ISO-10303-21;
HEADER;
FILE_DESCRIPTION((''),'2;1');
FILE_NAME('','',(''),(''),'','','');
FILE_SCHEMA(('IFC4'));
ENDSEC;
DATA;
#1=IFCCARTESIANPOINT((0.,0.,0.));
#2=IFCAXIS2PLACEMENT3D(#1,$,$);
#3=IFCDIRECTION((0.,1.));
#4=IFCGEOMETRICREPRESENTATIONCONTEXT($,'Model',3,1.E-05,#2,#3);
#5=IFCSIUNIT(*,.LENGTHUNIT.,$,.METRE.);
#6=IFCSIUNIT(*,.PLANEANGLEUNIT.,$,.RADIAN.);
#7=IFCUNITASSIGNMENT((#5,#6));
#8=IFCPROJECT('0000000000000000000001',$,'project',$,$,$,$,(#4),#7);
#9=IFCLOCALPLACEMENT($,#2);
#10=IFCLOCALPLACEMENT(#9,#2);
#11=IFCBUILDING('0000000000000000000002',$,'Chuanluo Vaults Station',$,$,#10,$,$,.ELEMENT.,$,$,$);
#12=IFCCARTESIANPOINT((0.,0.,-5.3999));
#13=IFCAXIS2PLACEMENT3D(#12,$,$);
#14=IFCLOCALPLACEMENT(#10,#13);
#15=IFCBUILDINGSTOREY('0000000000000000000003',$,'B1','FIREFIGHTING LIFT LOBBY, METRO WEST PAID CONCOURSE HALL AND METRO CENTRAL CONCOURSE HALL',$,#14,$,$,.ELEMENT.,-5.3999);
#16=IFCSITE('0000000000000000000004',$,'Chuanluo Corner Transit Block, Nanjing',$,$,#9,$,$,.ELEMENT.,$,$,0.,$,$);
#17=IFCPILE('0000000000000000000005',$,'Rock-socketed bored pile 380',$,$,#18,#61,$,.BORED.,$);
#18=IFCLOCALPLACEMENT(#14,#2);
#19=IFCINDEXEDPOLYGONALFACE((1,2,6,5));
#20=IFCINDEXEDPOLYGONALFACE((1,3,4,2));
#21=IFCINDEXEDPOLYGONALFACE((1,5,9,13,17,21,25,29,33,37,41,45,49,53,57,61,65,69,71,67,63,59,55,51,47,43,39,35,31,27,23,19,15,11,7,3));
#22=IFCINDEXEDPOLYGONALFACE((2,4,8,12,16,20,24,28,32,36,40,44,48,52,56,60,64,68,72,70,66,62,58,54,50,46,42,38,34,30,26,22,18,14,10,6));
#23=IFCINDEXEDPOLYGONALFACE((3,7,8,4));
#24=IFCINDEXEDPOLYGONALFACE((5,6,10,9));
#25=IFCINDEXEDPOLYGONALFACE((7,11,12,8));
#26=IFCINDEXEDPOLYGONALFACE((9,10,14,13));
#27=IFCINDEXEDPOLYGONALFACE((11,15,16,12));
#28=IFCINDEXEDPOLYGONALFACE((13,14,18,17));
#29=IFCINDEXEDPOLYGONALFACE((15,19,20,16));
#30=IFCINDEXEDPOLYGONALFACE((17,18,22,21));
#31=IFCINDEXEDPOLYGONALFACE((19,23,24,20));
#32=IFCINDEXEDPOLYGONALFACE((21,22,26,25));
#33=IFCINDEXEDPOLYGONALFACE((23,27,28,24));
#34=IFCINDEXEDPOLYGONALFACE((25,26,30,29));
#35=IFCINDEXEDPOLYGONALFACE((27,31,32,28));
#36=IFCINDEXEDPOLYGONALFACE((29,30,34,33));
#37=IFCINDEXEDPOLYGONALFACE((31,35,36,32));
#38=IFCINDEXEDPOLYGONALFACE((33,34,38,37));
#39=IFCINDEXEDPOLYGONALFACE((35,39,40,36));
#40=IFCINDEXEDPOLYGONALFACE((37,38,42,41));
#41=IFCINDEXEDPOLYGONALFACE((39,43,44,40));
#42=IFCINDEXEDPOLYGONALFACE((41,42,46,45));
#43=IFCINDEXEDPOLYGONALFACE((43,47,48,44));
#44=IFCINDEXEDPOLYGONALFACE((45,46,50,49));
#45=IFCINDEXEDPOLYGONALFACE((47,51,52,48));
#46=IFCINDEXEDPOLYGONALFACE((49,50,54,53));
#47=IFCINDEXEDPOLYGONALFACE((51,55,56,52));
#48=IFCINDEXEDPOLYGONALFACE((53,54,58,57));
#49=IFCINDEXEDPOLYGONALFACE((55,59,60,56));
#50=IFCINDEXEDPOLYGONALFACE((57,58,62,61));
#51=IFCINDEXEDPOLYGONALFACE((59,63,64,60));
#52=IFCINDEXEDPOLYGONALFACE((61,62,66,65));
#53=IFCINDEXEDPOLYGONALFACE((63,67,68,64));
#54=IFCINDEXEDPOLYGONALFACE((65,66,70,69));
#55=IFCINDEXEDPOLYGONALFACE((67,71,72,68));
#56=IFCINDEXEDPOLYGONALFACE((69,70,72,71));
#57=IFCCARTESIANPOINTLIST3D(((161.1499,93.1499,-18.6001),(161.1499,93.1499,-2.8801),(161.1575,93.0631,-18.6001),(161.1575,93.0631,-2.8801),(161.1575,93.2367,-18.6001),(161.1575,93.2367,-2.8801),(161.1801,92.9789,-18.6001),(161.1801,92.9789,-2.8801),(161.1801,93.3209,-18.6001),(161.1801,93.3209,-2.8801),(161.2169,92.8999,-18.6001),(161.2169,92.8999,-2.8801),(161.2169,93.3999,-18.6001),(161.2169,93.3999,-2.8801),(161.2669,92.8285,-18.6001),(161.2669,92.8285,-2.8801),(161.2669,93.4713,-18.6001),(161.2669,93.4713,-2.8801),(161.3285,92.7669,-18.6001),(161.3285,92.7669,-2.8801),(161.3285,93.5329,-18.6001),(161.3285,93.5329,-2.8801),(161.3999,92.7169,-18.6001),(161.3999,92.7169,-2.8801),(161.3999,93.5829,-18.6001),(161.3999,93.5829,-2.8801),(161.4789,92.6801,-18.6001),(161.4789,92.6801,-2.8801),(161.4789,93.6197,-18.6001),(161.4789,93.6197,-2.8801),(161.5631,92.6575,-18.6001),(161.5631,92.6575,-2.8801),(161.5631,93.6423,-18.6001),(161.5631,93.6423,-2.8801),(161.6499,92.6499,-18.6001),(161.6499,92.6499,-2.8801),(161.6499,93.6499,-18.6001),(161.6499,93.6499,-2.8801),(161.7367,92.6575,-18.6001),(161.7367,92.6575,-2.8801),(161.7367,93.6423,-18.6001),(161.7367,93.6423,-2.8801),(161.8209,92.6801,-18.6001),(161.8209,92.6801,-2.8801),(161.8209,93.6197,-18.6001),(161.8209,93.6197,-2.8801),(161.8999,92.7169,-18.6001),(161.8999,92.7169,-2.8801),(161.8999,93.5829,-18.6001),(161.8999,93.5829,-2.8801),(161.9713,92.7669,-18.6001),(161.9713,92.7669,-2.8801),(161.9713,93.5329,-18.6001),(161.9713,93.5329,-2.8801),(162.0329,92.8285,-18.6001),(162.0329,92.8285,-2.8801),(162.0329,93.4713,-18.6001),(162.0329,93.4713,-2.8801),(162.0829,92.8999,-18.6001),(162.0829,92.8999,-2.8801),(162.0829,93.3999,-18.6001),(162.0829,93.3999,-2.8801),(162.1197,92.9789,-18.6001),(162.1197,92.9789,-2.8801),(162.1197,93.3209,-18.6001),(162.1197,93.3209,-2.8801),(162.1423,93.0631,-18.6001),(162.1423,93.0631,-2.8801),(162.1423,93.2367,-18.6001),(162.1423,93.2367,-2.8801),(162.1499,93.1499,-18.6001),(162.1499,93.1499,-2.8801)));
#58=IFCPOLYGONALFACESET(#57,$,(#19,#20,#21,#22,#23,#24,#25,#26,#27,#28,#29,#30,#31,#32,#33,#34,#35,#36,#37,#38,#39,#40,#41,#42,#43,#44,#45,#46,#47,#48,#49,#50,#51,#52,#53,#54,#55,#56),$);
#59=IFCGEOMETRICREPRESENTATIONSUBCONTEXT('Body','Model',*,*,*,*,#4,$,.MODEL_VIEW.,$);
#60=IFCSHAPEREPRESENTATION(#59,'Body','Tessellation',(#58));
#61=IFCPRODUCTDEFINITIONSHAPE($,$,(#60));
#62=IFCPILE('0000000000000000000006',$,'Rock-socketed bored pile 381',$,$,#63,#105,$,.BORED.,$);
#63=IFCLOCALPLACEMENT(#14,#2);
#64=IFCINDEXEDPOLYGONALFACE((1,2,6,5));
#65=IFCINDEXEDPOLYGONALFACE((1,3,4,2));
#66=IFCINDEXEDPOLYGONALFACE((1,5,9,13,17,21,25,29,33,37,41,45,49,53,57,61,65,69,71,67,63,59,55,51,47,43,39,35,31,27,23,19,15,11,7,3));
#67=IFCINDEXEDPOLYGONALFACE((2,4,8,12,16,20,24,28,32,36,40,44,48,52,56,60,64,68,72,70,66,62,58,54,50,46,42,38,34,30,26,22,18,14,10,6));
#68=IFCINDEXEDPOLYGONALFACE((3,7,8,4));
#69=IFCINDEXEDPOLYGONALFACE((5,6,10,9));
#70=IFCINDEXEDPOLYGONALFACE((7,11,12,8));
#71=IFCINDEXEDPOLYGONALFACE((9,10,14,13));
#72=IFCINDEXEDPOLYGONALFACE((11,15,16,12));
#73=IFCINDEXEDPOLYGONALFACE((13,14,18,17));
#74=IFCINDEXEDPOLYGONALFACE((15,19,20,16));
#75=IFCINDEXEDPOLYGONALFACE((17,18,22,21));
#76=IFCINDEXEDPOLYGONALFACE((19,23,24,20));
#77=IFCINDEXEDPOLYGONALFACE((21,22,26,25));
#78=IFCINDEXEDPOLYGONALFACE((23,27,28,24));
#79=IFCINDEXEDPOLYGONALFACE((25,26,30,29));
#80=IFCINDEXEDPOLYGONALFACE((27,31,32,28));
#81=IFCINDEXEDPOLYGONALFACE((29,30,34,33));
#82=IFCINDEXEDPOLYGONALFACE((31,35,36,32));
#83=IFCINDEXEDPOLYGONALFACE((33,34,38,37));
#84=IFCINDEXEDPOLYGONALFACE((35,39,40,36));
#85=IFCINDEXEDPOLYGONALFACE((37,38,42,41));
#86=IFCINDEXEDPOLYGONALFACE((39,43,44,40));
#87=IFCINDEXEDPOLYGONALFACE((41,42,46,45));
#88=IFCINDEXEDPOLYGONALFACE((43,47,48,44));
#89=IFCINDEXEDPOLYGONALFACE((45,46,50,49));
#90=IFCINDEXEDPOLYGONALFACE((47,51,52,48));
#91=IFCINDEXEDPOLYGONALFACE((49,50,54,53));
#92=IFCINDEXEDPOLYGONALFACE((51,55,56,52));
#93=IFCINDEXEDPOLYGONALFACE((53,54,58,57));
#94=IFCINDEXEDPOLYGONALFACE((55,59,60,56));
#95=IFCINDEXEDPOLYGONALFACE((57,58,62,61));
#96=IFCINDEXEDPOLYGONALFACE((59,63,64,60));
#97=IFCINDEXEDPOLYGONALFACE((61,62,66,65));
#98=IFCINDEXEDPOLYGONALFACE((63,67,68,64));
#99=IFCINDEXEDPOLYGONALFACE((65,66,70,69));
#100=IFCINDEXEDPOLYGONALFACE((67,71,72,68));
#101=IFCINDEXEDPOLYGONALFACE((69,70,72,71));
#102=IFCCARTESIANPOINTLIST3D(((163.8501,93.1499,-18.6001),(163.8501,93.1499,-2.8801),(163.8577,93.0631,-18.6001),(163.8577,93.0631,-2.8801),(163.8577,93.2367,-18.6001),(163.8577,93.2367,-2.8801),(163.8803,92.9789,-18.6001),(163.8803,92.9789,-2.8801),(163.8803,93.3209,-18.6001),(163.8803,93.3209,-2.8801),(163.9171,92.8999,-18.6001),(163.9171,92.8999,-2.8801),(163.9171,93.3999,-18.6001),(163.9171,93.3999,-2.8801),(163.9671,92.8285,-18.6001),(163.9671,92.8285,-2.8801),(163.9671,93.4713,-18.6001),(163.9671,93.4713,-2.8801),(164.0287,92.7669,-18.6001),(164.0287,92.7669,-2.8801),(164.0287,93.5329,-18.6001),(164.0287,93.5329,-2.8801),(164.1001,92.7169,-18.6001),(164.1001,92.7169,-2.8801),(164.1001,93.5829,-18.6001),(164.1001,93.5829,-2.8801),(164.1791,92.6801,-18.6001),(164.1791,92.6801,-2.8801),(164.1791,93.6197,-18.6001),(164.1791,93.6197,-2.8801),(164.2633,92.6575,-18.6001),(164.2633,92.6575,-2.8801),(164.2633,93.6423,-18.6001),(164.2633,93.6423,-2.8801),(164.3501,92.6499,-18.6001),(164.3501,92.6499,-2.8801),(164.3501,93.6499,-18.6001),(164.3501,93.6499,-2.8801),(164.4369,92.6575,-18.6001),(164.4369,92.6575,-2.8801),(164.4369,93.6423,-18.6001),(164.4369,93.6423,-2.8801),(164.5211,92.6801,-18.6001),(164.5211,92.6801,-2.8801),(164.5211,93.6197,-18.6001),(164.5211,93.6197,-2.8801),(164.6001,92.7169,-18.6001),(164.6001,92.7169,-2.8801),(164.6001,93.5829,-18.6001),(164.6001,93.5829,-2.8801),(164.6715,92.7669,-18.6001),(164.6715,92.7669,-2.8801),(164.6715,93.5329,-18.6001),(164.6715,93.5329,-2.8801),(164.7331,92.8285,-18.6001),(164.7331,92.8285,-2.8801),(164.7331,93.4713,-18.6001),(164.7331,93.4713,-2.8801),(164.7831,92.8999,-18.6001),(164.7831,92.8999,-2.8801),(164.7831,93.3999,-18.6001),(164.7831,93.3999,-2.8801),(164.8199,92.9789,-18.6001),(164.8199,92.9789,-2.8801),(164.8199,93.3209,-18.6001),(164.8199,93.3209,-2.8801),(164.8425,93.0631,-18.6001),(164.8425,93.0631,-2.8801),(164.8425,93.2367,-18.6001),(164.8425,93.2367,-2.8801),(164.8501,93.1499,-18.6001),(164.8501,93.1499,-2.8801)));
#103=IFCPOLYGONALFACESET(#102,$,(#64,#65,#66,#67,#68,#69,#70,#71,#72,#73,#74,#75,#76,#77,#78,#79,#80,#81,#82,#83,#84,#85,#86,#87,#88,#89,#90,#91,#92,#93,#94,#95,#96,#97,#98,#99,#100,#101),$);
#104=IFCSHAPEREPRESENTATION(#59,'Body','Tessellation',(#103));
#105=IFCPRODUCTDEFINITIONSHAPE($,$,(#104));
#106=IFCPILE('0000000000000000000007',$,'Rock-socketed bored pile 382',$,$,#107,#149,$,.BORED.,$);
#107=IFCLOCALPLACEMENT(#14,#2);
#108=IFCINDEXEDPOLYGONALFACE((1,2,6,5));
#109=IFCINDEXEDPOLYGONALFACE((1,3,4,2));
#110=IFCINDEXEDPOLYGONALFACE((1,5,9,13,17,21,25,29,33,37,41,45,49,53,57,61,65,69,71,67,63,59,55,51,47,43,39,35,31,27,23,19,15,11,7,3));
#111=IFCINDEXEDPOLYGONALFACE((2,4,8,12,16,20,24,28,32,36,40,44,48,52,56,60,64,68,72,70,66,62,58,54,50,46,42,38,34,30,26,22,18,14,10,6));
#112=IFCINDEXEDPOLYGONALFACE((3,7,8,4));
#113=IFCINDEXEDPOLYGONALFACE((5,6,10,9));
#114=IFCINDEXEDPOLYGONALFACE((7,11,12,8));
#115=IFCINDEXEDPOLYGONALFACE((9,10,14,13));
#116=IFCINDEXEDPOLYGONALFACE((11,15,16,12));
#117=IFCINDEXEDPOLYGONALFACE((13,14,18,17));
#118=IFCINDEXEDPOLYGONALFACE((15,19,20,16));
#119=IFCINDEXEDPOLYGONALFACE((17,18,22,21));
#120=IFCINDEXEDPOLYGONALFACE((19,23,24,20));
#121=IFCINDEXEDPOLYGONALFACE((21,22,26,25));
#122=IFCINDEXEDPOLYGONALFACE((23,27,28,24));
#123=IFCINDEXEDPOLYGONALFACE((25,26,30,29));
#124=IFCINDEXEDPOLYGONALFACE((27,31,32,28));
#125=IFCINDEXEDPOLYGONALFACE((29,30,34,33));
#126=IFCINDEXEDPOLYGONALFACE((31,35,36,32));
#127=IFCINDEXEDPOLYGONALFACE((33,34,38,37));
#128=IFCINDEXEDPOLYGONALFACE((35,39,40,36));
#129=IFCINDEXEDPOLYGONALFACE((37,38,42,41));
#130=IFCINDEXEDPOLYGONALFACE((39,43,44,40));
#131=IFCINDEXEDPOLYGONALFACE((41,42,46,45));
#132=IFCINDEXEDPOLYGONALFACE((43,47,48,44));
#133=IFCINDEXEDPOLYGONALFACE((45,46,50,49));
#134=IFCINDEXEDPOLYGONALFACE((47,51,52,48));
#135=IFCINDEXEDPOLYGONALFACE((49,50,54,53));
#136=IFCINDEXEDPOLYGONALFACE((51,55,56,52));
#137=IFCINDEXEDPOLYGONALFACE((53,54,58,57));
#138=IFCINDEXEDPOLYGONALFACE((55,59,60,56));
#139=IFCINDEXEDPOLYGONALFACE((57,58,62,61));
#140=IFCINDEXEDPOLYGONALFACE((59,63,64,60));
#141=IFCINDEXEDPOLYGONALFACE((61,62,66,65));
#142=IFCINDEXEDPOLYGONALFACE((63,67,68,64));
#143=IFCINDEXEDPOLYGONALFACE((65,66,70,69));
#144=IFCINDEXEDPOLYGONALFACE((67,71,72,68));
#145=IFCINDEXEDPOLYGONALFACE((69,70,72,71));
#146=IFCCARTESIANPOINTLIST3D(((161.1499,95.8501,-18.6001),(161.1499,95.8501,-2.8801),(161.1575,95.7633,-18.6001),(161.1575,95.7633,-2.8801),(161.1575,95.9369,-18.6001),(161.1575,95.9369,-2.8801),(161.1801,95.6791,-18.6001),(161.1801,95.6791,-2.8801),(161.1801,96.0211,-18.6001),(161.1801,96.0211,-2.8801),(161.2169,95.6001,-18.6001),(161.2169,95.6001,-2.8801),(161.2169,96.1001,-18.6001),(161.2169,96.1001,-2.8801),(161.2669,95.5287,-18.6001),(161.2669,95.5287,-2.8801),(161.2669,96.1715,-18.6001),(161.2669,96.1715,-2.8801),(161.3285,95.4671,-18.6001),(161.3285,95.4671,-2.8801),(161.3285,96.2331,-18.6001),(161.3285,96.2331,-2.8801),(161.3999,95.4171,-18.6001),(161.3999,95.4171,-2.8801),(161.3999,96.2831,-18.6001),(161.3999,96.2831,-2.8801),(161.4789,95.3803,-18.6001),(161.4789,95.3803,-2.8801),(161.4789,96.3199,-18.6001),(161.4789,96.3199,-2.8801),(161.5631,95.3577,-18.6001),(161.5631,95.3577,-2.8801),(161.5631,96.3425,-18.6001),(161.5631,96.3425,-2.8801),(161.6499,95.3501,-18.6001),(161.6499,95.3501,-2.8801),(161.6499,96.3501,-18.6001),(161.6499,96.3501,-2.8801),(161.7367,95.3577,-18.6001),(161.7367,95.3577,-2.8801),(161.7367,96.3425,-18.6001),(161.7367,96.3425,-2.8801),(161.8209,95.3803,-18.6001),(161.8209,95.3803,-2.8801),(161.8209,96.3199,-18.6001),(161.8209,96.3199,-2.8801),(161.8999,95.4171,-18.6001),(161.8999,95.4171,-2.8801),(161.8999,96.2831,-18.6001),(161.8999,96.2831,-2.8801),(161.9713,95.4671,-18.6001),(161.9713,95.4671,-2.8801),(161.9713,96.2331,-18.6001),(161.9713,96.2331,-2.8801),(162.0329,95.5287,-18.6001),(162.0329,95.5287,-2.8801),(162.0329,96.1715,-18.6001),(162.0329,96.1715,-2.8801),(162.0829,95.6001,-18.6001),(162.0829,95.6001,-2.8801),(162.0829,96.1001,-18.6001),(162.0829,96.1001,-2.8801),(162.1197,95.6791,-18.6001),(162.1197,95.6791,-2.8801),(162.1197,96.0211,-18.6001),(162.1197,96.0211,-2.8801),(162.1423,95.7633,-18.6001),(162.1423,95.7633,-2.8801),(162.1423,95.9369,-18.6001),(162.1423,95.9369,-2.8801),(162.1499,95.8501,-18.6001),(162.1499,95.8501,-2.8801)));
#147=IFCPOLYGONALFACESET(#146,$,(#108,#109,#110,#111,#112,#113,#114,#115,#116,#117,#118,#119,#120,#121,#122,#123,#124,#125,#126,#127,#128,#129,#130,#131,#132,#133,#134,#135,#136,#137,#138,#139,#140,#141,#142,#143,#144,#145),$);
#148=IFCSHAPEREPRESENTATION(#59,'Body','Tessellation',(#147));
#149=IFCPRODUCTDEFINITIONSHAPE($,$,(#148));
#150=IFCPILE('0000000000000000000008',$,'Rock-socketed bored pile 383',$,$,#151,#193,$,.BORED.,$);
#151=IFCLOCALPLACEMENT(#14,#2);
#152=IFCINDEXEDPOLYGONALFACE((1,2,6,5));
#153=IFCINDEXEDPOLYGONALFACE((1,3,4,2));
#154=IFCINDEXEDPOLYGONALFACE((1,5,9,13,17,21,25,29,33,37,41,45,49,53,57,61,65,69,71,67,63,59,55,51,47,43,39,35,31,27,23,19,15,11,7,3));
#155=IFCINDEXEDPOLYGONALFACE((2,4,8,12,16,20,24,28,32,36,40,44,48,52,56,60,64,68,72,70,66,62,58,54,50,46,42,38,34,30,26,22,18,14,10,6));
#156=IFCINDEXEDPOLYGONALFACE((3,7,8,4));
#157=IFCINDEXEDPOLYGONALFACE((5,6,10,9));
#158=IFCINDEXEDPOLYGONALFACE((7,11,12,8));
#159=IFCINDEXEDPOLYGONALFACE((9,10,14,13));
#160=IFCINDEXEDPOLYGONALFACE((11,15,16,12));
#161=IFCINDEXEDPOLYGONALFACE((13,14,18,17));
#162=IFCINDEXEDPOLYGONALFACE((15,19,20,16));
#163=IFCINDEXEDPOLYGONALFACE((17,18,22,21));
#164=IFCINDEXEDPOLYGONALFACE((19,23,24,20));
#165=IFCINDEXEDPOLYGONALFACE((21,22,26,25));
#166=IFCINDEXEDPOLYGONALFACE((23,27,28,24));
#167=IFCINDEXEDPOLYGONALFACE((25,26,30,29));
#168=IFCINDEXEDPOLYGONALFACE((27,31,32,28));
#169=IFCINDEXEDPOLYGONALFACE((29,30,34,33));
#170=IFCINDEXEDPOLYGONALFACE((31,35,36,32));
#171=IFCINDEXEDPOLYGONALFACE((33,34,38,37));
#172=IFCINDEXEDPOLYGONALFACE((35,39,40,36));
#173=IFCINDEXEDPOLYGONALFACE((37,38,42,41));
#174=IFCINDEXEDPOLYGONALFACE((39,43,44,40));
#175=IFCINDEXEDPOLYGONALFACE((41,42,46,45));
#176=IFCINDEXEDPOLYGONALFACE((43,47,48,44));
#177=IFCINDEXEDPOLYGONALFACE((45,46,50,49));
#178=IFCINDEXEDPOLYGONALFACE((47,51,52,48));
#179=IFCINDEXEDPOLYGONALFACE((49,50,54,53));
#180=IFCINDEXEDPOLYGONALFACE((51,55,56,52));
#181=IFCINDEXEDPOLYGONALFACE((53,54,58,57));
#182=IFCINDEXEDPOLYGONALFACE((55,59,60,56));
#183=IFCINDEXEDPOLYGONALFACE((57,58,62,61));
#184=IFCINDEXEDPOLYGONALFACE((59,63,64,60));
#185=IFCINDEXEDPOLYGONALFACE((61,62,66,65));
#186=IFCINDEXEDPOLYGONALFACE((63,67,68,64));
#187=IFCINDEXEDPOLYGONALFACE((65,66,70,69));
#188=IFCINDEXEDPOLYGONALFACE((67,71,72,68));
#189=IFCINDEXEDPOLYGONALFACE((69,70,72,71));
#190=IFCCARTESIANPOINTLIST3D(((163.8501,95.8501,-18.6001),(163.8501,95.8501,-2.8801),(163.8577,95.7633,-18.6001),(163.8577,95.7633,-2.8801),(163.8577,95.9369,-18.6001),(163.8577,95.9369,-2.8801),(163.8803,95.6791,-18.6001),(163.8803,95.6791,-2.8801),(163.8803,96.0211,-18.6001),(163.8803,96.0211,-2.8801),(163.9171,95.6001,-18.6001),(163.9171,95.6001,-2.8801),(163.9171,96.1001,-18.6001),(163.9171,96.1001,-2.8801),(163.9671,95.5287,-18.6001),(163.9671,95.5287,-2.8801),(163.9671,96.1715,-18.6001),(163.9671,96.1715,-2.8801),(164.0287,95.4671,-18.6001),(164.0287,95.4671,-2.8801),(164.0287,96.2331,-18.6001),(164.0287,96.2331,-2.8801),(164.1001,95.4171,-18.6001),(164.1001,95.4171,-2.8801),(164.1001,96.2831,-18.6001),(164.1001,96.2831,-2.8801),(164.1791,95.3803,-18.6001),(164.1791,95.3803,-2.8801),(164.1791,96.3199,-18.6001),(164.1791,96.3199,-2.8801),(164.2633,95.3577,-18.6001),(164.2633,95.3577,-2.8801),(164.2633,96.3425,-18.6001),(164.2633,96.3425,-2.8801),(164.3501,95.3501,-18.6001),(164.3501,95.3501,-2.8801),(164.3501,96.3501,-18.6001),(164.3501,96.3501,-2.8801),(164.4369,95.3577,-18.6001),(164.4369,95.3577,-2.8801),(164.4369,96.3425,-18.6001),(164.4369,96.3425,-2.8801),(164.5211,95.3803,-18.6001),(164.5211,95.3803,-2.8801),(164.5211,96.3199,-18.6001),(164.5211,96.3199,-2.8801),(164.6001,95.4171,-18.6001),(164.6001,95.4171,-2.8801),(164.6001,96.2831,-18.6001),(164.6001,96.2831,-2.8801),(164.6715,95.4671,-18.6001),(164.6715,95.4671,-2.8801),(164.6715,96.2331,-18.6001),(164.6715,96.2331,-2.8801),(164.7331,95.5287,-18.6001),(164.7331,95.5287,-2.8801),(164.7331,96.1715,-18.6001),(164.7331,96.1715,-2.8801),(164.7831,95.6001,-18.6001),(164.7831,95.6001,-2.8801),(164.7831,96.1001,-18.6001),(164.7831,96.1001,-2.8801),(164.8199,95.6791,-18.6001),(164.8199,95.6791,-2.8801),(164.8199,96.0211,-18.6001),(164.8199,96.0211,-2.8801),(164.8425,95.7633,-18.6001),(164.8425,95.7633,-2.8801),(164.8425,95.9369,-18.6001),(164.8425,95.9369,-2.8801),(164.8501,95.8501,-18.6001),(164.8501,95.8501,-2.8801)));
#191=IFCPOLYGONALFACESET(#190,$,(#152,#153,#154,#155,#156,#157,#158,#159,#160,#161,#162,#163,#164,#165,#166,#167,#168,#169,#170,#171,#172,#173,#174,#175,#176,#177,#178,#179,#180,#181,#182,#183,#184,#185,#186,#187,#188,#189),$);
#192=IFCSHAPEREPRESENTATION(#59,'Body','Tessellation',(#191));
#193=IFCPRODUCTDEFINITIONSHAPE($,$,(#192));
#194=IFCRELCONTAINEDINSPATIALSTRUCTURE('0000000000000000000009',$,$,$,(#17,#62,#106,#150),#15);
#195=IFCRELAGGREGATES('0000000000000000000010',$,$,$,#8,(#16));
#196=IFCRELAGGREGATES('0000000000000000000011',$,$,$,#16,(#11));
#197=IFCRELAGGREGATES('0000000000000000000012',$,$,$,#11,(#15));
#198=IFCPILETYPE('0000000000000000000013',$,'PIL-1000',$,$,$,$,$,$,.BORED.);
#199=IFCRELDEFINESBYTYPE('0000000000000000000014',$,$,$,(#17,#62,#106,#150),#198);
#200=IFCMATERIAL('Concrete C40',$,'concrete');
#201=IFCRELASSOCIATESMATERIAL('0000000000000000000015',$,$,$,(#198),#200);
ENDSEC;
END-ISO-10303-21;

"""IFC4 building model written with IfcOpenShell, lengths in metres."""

from ifc_helpers import new_model, si_unit, direction, frame, origin, origin_2d, place, context, subcontext, project, spatial, circle, extrude, material, material_profile, profile_set, type_object, element, save


model = new_model("IFC4")

# Units and contexts
model_context = context("Model", 3, precision=1e-05, world=origin(), true_north=direction((0.0, 1.0)))
body_context = subcontext(model_context, "Body", "Model", "MODEL_VIEW")
ifc_project = project(units=[si_unit("LENGTHUNIT", "METRE"), si_unit("PLANEANGLEUNIT", "RADIAN")], contexts=[model_context])

# Site, building, storey
site_placement = place(None, origin())
site = spatial("IfcSite", under=ifc_project, at=site_placement, Name="Chuanluo Corner Transit Block, Nanjing", CompositionType="ELEMENT", RefElevation=0.0)
building_placement = place(site_placement, origin())
building = spatial("IfcBuilding", under=site, at=building_placement, Name="Chuanluo Vaults Station", CompositionType="ELEMENT")
storey_placement = place(building_placement, frame((0.0, 0.0, -5.3999)))
storey = spatial("IfcBuildingStorey", under=building, at=storey_placement, Name="B1", Description="FIREFIGHTING LIFT LOBBY, METRO WEST PAID CONCOURSE HALL AND METRO CENTRAL CONCOURSE HALL", CompositionType="ELEMENT", Elevation=-5.3999)

# Piles
ifc_material_1 = material(Name="Concrete C40", Category="concrete")
ifc_material_profile_1 = material_profile(ifc_material_1, circle(Radius=0.5, at=origin_2d()))
ifc_profile_set_1 = profile_set([ifc_material_profile_1], Name="Concrete C40")
pile_type_1 = type_object("IfcPileType", Name="PIL-1000", PredefinedType="BORED", material=ifc_profile_set_1)
for number, where, z_axis, x_axis, name in (
    (1, (161.6499, 93.1499, -2.8801), (0.0, 0.0, -1.0), (1.0, 0.0, 0.0), "Rock-socketed bored pile 380"),
    (2, (164.3501, 93.1499, -2.8801), (0.0, 0.0, -1.0), (1.0, 0.0, 0.0), "Rock-socketed bored pile 381"),
    (3, (161.6499, 95.8501, -2.8801), (0.0, 0.0, -1.0), (1.0, 0.0, 0.0), "Rock-socketed bored pile 382"),
    (4, (164.3501, 95.8501, -2.8801), (0.0, 0.0, -1.0), (1.0, 0.0, 0.0), "Rock-socketed bored pile 383"),
):
    element("IfcPile", number, at=place(storey_placement, frame(where, z_axis=z_axis, x_axis=x_axis)), inside=storey, type_object=pile_type_1, Name=name, PredefinedType="BORED", context=body_context, shape_type="SweptSolid", body=[
        extrude(circle(Radius=0.5, at=origin_2d()), origin(), (0.0, 0.0, 1.0), 15.72),
    ])

save(model, "model.ifc")
